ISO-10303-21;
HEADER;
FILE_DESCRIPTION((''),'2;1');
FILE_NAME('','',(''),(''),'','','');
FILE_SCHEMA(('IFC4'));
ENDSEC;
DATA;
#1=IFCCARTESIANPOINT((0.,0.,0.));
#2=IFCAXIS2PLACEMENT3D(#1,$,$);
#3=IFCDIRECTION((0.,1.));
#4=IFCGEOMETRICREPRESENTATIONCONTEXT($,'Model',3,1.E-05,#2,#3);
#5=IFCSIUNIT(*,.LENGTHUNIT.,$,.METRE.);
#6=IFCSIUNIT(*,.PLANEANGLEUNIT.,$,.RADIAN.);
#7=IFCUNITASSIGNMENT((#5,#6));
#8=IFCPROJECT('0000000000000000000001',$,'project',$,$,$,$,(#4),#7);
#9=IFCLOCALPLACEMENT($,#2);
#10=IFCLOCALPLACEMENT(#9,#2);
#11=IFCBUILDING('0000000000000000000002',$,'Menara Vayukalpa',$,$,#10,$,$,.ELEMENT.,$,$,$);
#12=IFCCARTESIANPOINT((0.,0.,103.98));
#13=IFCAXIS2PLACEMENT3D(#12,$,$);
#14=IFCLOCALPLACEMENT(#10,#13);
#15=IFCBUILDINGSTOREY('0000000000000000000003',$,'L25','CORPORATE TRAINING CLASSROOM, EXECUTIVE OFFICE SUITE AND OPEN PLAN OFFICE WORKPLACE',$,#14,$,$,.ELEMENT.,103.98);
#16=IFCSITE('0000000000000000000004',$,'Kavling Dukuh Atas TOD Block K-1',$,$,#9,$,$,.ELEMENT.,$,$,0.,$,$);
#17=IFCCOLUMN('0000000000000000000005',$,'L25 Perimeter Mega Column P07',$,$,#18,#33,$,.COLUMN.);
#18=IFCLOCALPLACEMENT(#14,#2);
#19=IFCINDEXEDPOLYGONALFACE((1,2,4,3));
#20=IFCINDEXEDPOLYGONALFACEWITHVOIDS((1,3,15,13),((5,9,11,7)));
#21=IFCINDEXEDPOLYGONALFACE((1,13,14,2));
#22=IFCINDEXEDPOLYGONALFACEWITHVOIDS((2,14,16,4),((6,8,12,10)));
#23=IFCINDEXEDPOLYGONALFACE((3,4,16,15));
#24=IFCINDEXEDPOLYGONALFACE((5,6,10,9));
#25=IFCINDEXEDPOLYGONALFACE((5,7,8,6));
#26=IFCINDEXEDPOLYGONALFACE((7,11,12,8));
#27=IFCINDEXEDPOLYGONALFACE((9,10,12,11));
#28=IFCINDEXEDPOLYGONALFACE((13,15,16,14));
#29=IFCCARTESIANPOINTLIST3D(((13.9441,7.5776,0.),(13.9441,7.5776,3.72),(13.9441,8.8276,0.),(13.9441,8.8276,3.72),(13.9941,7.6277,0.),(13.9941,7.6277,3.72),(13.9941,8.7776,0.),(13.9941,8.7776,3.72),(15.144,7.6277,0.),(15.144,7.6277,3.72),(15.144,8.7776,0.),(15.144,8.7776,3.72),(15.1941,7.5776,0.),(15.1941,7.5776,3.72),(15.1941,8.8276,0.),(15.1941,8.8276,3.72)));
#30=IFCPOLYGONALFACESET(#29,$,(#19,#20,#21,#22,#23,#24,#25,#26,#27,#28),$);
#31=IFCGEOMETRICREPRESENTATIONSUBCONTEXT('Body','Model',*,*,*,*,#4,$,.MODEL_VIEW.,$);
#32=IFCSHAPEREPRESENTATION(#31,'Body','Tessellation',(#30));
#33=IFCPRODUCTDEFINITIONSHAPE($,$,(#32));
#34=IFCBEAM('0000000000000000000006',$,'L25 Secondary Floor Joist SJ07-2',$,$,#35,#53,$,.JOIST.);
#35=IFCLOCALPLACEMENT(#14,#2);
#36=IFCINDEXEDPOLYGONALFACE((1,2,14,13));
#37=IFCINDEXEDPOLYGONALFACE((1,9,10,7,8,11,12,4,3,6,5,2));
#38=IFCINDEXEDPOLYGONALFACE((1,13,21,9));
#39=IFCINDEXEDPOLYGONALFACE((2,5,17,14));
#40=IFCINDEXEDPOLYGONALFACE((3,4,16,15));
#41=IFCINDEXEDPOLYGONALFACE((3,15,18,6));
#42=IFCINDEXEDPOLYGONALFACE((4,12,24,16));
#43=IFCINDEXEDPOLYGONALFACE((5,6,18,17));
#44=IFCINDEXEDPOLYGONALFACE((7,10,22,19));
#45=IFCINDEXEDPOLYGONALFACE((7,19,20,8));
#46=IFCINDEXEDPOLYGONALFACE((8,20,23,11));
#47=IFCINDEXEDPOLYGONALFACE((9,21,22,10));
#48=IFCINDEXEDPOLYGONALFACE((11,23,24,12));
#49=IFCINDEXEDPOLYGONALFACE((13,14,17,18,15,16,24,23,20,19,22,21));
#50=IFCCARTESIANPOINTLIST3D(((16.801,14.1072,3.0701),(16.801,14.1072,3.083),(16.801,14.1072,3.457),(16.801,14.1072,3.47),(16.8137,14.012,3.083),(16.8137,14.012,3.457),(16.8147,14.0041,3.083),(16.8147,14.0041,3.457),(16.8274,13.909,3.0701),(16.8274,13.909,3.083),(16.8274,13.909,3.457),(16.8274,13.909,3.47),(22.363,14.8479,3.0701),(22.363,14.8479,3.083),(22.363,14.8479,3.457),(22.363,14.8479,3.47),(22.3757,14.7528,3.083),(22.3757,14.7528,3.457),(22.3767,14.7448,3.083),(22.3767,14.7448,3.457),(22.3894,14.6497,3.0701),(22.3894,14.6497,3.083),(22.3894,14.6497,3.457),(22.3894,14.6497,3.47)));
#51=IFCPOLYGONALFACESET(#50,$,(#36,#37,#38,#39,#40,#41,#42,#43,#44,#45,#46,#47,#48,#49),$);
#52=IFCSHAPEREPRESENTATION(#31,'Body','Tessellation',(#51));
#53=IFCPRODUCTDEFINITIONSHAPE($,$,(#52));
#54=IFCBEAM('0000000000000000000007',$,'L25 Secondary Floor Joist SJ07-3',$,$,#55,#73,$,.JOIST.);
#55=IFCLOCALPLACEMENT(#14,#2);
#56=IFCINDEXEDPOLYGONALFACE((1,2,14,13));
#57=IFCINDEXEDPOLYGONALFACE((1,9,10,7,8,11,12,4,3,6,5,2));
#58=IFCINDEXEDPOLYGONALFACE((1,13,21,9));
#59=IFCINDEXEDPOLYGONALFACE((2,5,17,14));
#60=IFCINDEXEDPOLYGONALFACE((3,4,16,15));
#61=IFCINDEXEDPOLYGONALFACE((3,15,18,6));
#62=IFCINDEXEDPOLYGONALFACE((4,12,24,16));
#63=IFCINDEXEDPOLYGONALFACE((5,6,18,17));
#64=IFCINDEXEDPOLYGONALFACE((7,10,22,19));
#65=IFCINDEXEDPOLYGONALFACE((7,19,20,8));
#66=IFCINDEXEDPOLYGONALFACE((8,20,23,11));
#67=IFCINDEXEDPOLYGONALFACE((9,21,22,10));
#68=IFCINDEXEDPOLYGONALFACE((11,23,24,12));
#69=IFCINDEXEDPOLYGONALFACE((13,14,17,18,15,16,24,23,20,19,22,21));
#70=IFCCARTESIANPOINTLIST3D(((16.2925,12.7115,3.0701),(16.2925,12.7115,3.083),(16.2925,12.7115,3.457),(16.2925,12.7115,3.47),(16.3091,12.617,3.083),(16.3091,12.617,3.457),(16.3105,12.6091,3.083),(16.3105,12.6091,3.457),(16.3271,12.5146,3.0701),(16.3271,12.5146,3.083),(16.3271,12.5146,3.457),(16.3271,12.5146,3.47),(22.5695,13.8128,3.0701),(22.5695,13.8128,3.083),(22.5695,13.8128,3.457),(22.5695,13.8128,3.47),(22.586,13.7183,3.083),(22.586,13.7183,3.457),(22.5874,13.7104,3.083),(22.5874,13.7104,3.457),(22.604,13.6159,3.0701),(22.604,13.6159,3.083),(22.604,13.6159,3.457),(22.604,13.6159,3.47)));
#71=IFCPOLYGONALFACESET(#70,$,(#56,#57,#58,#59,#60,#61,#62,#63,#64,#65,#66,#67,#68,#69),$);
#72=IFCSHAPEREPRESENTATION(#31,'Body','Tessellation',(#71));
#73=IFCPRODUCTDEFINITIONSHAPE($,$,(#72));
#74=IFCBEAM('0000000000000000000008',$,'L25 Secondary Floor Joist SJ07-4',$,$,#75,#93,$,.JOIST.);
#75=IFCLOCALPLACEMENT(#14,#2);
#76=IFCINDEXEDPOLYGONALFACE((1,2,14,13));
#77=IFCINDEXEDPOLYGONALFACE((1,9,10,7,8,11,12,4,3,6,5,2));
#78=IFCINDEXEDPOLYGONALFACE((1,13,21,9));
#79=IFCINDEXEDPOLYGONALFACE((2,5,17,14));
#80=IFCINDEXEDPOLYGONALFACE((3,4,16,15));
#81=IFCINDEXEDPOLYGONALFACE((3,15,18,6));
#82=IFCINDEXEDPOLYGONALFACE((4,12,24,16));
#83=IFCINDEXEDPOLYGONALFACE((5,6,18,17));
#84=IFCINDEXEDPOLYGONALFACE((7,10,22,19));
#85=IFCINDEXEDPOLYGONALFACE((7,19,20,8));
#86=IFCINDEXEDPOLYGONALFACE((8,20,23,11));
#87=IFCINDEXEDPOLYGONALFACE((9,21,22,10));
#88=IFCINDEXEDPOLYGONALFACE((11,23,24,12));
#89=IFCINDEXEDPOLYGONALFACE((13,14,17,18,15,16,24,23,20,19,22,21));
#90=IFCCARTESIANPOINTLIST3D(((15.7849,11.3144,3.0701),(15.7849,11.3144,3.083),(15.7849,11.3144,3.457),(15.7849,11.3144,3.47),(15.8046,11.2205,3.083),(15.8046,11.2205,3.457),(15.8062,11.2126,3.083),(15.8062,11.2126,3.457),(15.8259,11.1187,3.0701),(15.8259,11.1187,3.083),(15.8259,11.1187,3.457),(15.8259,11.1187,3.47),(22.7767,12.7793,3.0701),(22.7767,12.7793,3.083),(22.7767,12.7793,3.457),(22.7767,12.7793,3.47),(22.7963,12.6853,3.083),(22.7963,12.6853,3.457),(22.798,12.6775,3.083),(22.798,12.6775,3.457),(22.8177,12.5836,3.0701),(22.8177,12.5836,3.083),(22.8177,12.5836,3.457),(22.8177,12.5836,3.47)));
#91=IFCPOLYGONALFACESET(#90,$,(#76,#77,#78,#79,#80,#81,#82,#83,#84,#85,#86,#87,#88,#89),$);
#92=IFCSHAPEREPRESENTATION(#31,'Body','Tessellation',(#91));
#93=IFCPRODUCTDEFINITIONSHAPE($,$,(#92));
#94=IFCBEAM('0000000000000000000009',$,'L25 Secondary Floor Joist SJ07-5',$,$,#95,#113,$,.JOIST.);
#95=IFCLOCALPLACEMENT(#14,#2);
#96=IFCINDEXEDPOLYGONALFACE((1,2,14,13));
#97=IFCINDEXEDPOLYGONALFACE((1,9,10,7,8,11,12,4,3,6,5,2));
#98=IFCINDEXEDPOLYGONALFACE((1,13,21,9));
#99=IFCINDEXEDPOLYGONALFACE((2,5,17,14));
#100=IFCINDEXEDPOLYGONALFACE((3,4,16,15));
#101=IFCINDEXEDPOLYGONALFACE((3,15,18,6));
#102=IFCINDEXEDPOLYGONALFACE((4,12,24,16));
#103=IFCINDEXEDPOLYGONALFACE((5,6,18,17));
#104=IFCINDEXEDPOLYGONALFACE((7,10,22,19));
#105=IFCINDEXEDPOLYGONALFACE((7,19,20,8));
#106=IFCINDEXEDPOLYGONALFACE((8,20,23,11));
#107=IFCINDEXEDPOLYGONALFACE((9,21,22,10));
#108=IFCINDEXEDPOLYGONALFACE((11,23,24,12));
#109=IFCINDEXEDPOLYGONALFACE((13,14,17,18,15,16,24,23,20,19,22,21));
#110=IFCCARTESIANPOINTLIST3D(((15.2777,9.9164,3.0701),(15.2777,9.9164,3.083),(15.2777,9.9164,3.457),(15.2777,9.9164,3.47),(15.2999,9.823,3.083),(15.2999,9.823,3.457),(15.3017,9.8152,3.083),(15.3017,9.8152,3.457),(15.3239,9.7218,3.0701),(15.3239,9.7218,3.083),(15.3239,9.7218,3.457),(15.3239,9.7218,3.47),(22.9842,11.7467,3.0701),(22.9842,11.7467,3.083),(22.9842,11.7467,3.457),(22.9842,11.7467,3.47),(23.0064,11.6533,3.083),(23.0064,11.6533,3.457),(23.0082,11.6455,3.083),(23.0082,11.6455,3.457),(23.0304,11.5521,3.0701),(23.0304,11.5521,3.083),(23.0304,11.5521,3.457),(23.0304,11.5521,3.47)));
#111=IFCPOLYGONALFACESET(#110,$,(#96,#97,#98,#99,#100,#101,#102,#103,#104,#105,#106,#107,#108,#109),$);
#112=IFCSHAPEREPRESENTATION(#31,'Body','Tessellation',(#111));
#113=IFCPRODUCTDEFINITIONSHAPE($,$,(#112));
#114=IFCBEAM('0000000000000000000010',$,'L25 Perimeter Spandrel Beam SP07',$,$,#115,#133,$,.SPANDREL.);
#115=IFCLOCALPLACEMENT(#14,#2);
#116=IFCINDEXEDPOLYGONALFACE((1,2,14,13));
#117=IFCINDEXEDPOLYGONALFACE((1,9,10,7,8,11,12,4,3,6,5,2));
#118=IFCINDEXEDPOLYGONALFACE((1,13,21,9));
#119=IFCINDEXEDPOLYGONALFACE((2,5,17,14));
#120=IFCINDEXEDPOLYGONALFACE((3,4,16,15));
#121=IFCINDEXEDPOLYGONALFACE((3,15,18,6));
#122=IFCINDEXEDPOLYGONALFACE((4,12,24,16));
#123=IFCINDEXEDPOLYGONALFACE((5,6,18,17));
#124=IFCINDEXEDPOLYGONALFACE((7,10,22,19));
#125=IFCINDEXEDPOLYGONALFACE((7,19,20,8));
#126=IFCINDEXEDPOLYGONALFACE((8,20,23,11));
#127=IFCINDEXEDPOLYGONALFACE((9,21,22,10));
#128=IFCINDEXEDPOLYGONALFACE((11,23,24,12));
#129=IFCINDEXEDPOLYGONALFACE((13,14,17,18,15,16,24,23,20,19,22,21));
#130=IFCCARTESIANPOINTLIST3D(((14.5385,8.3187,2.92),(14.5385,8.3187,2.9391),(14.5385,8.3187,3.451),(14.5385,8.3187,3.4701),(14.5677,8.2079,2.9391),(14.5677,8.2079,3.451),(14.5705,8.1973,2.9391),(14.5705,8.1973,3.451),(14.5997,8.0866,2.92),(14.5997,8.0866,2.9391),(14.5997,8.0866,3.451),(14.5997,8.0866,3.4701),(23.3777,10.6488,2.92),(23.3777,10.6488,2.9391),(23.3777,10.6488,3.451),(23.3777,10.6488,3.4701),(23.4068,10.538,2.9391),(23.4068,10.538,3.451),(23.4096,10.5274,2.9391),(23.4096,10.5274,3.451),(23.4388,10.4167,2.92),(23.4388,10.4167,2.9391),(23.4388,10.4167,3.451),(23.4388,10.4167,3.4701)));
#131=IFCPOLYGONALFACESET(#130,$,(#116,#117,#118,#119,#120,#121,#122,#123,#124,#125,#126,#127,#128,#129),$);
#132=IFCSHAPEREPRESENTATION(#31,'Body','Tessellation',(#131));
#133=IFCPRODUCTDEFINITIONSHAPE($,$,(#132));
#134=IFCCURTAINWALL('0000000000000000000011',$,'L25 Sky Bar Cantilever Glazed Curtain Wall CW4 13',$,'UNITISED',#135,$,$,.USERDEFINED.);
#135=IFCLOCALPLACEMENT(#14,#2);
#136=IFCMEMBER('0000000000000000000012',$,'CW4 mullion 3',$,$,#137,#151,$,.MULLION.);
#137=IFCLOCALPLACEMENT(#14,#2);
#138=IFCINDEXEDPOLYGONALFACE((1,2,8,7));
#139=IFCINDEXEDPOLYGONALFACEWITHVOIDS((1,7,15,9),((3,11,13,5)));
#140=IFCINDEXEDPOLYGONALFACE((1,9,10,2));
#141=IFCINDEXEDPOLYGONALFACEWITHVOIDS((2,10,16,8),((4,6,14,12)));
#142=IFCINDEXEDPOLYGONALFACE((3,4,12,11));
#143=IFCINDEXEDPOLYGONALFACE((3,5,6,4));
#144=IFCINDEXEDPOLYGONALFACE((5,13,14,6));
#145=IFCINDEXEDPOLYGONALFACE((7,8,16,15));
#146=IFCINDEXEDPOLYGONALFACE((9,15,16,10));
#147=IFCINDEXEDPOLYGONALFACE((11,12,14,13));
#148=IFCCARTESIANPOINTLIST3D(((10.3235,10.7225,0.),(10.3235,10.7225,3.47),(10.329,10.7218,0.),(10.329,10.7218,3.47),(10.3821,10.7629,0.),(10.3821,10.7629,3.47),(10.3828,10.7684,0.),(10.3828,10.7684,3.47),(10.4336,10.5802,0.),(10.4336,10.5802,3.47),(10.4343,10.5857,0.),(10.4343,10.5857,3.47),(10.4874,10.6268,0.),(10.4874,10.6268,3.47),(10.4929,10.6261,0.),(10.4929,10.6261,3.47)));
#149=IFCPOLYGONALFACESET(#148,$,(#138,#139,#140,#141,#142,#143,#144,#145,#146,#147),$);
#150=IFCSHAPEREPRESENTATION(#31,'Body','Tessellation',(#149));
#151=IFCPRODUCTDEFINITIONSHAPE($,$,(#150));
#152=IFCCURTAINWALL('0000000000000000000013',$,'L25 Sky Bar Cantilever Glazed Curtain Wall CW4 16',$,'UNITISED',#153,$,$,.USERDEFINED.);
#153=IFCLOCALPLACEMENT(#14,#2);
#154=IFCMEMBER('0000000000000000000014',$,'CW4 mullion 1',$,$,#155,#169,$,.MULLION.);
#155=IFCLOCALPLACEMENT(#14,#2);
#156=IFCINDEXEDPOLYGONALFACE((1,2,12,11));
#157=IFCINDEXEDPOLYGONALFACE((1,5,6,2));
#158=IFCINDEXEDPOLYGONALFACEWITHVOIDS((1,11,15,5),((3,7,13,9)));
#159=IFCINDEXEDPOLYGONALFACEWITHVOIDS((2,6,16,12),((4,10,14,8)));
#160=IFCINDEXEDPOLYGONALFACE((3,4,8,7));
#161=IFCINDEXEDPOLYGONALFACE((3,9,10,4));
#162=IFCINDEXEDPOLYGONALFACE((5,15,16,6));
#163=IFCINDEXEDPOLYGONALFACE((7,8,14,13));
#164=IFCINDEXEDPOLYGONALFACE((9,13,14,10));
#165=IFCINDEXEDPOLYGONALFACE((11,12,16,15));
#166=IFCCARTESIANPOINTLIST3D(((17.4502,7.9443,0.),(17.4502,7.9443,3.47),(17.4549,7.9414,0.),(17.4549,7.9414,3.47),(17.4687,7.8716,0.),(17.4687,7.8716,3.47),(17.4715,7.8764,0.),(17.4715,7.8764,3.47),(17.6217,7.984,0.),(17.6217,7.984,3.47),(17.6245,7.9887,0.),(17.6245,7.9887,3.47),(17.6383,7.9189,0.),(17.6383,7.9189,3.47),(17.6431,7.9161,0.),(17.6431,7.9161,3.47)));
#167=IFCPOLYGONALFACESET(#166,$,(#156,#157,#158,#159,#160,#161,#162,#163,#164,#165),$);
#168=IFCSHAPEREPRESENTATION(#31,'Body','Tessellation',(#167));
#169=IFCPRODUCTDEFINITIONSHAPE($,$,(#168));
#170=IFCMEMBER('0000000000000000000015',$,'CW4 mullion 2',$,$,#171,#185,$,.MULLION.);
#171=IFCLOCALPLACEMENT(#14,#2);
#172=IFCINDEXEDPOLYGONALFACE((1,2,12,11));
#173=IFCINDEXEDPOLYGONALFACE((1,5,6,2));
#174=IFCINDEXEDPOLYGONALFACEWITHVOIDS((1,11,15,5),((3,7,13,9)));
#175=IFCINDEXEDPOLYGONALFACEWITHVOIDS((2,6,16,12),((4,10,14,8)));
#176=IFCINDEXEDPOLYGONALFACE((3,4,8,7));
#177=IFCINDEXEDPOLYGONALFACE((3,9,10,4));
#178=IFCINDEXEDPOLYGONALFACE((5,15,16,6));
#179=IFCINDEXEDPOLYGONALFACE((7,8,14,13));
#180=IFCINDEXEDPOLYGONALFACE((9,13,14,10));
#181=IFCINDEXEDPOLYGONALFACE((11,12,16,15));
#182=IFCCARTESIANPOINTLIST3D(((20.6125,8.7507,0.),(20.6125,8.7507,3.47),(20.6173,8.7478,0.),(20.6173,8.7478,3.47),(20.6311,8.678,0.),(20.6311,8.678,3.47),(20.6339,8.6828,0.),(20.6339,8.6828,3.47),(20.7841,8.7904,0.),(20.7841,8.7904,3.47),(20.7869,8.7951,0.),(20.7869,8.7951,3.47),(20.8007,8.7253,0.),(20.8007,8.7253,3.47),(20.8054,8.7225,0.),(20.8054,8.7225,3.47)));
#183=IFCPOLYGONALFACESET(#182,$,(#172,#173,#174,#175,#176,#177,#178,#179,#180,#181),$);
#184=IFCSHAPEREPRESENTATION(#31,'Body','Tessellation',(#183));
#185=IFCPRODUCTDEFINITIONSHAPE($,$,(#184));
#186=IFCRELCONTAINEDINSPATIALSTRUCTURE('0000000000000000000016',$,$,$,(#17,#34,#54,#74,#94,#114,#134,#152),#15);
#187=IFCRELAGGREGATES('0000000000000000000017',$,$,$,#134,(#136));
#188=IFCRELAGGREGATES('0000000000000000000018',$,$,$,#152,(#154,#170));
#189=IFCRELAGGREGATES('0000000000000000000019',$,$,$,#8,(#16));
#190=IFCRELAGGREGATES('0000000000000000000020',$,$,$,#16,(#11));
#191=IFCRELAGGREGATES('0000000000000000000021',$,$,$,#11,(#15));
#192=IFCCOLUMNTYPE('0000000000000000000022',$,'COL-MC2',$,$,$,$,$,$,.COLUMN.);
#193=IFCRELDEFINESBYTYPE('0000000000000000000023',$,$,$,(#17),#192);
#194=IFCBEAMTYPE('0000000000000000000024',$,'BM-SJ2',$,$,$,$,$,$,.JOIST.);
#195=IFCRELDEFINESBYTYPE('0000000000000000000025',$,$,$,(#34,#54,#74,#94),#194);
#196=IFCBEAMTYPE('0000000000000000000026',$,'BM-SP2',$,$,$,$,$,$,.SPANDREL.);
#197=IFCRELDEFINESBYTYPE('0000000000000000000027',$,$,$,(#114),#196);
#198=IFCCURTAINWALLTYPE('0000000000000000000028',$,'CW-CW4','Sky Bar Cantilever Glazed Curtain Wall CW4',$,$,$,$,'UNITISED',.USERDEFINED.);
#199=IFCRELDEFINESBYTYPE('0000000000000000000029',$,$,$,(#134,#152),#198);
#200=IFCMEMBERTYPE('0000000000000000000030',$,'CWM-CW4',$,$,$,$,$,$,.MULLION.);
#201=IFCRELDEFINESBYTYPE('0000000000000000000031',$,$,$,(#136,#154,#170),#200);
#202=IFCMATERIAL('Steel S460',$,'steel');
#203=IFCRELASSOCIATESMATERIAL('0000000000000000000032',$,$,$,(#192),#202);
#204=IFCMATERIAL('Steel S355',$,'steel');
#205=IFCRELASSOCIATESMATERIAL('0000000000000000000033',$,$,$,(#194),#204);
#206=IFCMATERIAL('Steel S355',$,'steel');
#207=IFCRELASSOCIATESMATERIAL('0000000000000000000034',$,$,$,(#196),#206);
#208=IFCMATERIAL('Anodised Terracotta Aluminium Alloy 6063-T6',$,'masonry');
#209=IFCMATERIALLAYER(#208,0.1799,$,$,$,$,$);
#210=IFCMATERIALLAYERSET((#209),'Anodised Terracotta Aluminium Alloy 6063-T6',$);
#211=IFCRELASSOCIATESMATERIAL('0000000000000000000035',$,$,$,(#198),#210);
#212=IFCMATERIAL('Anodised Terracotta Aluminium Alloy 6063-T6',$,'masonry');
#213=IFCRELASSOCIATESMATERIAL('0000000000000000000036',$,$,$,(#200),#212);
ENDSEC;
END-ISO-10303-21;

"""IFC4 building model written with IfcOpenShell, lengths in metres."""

from ifc_helpers import new_model, si_unit, direction, frame, origin, origin_2d, place, context, subcontext, project, spatial, hollow_rectangle, i_section, extrude, material, layer, layer_set, material_profile, profile_set, type_object, element, aggregate, save


model = new_model("IFC4")

# Units and contexts
model_context = context("Model", 3, precision=1e-05, world=origin(), true_north=direction((0.0, 1.0)))
body_context = subcontext(model_context, "Body", "Model", "MODEL_VIEW")
ifc_project = project(units=[si_unit("LENGTHUNIT", "METRE"), si_unit("PLANEANGLEUNIT", "RADIAN")], contexts=[model_context])

# Site, building, storey
site_placement = place(None, origin())
site = spatial("IfcSite", under=ifc_project, at=site_placement, Name="Kavling Dukuh Atas TOD Block K-1", CompositionType="ELEMENT", RefElevation=0.0)
building_placement = place(site_placement, origin())
building = spatial("IfcBuilding", under=site, at=building_placement, Name="Menara Vayukalpa", CompositionType="ELEMENT")
storey_placement = place(building_placement, frame((0.0, 0.0, 103.98)))
storey = spatial("IfcBuildingStorey", under=building, at=storey_placement, Name="L25", Description="CORPORATE TRAINING CLASSROOM, EXECUTIVE OFFICE SUITE AND OPEN PLAN OFFICE WORKPLACE", CompositionType="ELEMENT", Elevation=103.98)

# Column
ifc_material_1 = material(Name="Steel S460", Category="steel")
ifc_material_profile_1 = material_profile(ifc_material_1, hollow_rectangle(XDim=1.25, YDim=1.25, WallThickness=0.05, at=origin_2d()), Name="BOX 1250x1250x50")
ifc_profile_set_1 = profile_set([ifc_material_profile_1], Name="Steel S460")
column_type = type_object("IfcColumnType", Name="COL-MC2", PredefinedType="COLUMN", material=ifc_profile_set_1)
column_placement = place(storey_placement, frame((14.5691, 8.2026, 0.0), z_axis=(0.0, 0.0, 1.0), x_axis=(1.0, 0.0, 0.0)))
element("IfcColumn", 1, at=column_placement, inside=storey, type_object=column_type, Name="L25 Perimeter Mega Column P07", PredefinedType="COLUMN", context=body_context, shape_type="SweptSolid", body=[
    extrude(hollow_rectangle(XDim=1.25, YDim=1.25, WallThickness=0.05, at=origin_2d()), origin(), (0.0, 0.0, 1.0), 3.72),
])

# Beams
ifc_material_2 = material(Name="Steel S355", Category="steel")
ifc_material_profile_2 = material_profile(ifc_material_2, i_section(OverallWidth=0.2, OverallDepth=0.3999, WebThickness=0.0081, FlangeThickness=0.0129, at=origin_2d()), Name="WF 400x200x8x13")
ifc_profile_set_2 = profile_set([ifc_material_profile_2], Name="Steel S355")
beam_type_1 = type_object("IfcBeamType", Name="BM-SJ2", PredefinedType="JOIST", material=ifc_profile_set_2)
beam_1_placement = place(storey_placement, frame((16.8142, 14.0081, 3.27), z_axis=(0.991248, 0.13201, 0.0), x_axis=(-0.13201, 0.991248, 0.0)))
element("IfcBeam", 2, at=beam_1_placement, inside=storey, type_object=beam_type_1, Name="L25 Secondary Floor Joist SJ07-2", PredefinedType="JOIST", context=body_context, shape_type="SweptSolid", body=[
    extrude(i_section(OverallWidth=0.2, OverallDepth=0.3999, WebThickness=0.0081, FlangeThickness=0.0129, at=origin_2d()), origin(), (0.0, 0.0, 1.0), 5.6111),
])
beam_2_placement = place(storey_placement, frame((16.3098, 12.613, 3.27), z_axis=(0.984954, 0.172817, 0.0), x_axis=(-0.172817, 0.984954, 0.0)))
element("IfcBeam", 3, at=beam_2_placement, inside=storey, type_object=beam_type_1, Name="L25 Secondary Floor Joist SJ07-3", PredefinedType="JOIST", context=body_context, shape_type="SweptSolid", body=[
    extrude(i_section(OverallWidth=0.2, OverallDepth=0.3999, WebThickness=0.0081, FlangeThickness=0.0129, at=origin_2d()), origin(), (0.0, 0.0, 1.0), 6.3728),
])
beam_3_placement = place(storey_placement, frame((15.8054, 11.2166, 3.27), z_axis=(0.978749, 0.20506, 0.0), x_axis=(-0.20506, 0.978749, 0.0)))
element("IfcBeam", 4, at=beam_3_placement, inside=storey, type_object=beam_type_1, Name="L25 Secondary Floor Joist SJ07-4", PredefinedType="JOIST", context=body_context, shape_type="SweptSolid", body=[
    extrude(i_section(OverallWidth=0.2, OverallDepth=0.3999, WebThickness=0.0081, FlangeThickness=0.0129, at=origin_2d()), origin(), (0.0, 0.0, 1.0), 7.1436),
])
beam_4_placement = place(storey_placement, frame((15.3008, 9.8191, 3.27), z_axis=(0.972936, 0.231075, 0.0), x_axis=(-0.231075, 0.972936, 0.0)))
element("IfcBeam", 5, at=beam_4_placement, inside=storey, type_object=beam_type_1, Name="L25 Secondary Floor Joist SJ07-5", PredefinedType="JOIST", context=body_context, shape_type="SweptSolid", body=[
    extrude(i_section(OverallWidth=0.2, OverallDepth=0.3999, WebThickness=0.0081, FlangeThickness=0.0129, at=origin_2d()), origin(), (0.0, 0.0, 1.0), 7.9209),
])
ifc_material_3 = material(Name="Steel S355", Category="steel")
ifc_material_profile_3 = material_profile(ifc_material_3, i_section(OverallWidth=0.24, OverallDepth=0.55, WebThickness=0.011, FlangeThickness=0.019, at=origin_2d()), Name="WF 550x240x11x19")
ifc_profile_set_3 = profile_set([ifc_material_profile_3], Name="Steel S355")
beam_type_2 = type_object("IfcBeamType", Name="BM-SP2", PredefinedType="SPANDREL", material=ifc_profile_set_3)
beam_5_placement = place(storey_placement, frame((14.5691, 8.2026, 3.1951), z_axis=(0.966967, 0.254902, 0.0), x_axis=(-0.254902, 0.966967, 0.0)))
element("IfcBeam", 6, at=beam_5_placement, inside=storey, type_object=beam_type_2, Name="L25 Perimeter Spandrel Beam SP07", PredefinedType="SPANDREL", context=body_context, shape_type="SweptSolid", body=[
    extrude(i_section(OverallWidth=0.24, OverallDepth=0.55, WebThickness=0.011, FlangeThickness=0.019, at=origin_2d()), origin(), (0.0, 0.0, 1.0), 9.1411),
])

# Curtain wall, member
ifc_material_4 = material(Name="Anodised Terracotta Aluminium Alloy 6063-T6", Category="masonry")
ifc_layer_1 = layer(ifc_material_4, 0.1799)
ifc_layer_set_1 = layer_set([ifc_layer_1], Name="Anodised Terracotta Aluminium Alloy 6063-T6")
curtain_wall_type = type_object("IfcCurtainWallType", Name="CW-CW4", Description="Sky Bar Cantilever Glazed Curtain Wall CW4", ElementType="UNITISED", PredefinedType="USERDEFINED", material=ifc_layer_set_1)
curtain_wall_1_placement = place(storey_placement, origin())
curtain_wall_1 = element("IfcCurtainWall", 7, at=curtain_wall_1_placement, inside=storey, type_object=curtain_wall_type, Name="L25 Sky Bar Cantilever Glazed Curtain Wall CW4 13", ObjectType="UNITISED", PredefinedType="USERDEFINED")
ifc_material_5 = material(Name="Anodised Terracotta Aluminium Alloy 6063-T6", Category="masonry")
ifc_material_profile_4 = material_profile(ifc_material_5, hollow_rectangle(XDim=0.075, YDim=0.1799, WallThickness=0.0039, at=origin_2d()), Name="ALU 75x180x4")
ifc_profile_set_4 = profile_set([ifc_material_profile_4], Name="Anodised Terracotta Aluminium Alloy 6063-T6")
member_type_1 = type_object("IfcMemberType", Name="CWM-CW4", PredefinedType="MULLION", material=ifc_profile_set_4)
member_1_placement = place(storey_placement, frame((10.4082, 10.6743, 0.0), z_axis=(0.0, 0.0, 1.0), x_axis=(0.790712, 0.612189, 0.0)))
member_1 = element("IfcMember", 8, at=member_1_placement, type_object=member_type_1, Name="CW4 mullion 3", PredefinedType="MULLION", context=body_context, shape_type="SweptSolid", body=[
    extrude(hollow_rectangle(XDim=0.075, YDim=0.1799, WallThickness=0.0039, at=origin_2d()), origin(), (0.0, 0.0, 1.0), 3.47),
])
aggregate(curtain_wall_1, [member_1])

# Curtain wall, members
curtain_wall_2_placement = place(storey_placement, origin())
curtain_wall_2 = element("IfcCurtainWall", 9, at=curtain_wall_2_placement, inside=storey, type_object=curtain_wall_type, Name="L25 Sky Bar Cantilever Glazed Curtain Wall CW4 16", ObjectType="UNITISED", PredefinedType="USERDEFINED")
member_2_placement = place(storey_placement, frame((17.5466, 7.9302, 0.0), z_axis=(0.0, 0.0, 1.0), x_axis=(-0.247131, 0.968982, 0.0)))
member_2 = element("IfcMember", 10, at=member_2_placement, type_object=member_type_1, Name="CW4 mullion 1", PredefinedType="MULLION", context=body_context, shape_type="SweptSolid", body=[
    extrude(hollow_rectangle(XDim=0.075, YDim=0.1799, WallThickness=0.0039, at=origin_2d()), origin(), (0.0, 0.0, 1.0), 3.47),
])
member_3_placement = place(storey_placement, frame((20.709, 8.7366, 0.0), z_axis=(0.0, 0.0, 1.0), x_axis=(-0.247131, 0.968982, 0.0)))
member_3 = element("IfcMember", 11, at=member_3_placement, type_object=member_type_1, Name="CW4 mullion 2", PredefinedType="MULLION", context=body_context, shape_type="SweptSolid", body=[
    extrude(hollow_rectangle(XDim=0.075, YDim=0.1799, WallThickness=0.0039, at=origin_2d()), origin(), (0.0, 0.0, 1.0), 3.47),
])
aggregate(curtain_wall_2, [member_2, member_3])

save(model, "model.ifc")
